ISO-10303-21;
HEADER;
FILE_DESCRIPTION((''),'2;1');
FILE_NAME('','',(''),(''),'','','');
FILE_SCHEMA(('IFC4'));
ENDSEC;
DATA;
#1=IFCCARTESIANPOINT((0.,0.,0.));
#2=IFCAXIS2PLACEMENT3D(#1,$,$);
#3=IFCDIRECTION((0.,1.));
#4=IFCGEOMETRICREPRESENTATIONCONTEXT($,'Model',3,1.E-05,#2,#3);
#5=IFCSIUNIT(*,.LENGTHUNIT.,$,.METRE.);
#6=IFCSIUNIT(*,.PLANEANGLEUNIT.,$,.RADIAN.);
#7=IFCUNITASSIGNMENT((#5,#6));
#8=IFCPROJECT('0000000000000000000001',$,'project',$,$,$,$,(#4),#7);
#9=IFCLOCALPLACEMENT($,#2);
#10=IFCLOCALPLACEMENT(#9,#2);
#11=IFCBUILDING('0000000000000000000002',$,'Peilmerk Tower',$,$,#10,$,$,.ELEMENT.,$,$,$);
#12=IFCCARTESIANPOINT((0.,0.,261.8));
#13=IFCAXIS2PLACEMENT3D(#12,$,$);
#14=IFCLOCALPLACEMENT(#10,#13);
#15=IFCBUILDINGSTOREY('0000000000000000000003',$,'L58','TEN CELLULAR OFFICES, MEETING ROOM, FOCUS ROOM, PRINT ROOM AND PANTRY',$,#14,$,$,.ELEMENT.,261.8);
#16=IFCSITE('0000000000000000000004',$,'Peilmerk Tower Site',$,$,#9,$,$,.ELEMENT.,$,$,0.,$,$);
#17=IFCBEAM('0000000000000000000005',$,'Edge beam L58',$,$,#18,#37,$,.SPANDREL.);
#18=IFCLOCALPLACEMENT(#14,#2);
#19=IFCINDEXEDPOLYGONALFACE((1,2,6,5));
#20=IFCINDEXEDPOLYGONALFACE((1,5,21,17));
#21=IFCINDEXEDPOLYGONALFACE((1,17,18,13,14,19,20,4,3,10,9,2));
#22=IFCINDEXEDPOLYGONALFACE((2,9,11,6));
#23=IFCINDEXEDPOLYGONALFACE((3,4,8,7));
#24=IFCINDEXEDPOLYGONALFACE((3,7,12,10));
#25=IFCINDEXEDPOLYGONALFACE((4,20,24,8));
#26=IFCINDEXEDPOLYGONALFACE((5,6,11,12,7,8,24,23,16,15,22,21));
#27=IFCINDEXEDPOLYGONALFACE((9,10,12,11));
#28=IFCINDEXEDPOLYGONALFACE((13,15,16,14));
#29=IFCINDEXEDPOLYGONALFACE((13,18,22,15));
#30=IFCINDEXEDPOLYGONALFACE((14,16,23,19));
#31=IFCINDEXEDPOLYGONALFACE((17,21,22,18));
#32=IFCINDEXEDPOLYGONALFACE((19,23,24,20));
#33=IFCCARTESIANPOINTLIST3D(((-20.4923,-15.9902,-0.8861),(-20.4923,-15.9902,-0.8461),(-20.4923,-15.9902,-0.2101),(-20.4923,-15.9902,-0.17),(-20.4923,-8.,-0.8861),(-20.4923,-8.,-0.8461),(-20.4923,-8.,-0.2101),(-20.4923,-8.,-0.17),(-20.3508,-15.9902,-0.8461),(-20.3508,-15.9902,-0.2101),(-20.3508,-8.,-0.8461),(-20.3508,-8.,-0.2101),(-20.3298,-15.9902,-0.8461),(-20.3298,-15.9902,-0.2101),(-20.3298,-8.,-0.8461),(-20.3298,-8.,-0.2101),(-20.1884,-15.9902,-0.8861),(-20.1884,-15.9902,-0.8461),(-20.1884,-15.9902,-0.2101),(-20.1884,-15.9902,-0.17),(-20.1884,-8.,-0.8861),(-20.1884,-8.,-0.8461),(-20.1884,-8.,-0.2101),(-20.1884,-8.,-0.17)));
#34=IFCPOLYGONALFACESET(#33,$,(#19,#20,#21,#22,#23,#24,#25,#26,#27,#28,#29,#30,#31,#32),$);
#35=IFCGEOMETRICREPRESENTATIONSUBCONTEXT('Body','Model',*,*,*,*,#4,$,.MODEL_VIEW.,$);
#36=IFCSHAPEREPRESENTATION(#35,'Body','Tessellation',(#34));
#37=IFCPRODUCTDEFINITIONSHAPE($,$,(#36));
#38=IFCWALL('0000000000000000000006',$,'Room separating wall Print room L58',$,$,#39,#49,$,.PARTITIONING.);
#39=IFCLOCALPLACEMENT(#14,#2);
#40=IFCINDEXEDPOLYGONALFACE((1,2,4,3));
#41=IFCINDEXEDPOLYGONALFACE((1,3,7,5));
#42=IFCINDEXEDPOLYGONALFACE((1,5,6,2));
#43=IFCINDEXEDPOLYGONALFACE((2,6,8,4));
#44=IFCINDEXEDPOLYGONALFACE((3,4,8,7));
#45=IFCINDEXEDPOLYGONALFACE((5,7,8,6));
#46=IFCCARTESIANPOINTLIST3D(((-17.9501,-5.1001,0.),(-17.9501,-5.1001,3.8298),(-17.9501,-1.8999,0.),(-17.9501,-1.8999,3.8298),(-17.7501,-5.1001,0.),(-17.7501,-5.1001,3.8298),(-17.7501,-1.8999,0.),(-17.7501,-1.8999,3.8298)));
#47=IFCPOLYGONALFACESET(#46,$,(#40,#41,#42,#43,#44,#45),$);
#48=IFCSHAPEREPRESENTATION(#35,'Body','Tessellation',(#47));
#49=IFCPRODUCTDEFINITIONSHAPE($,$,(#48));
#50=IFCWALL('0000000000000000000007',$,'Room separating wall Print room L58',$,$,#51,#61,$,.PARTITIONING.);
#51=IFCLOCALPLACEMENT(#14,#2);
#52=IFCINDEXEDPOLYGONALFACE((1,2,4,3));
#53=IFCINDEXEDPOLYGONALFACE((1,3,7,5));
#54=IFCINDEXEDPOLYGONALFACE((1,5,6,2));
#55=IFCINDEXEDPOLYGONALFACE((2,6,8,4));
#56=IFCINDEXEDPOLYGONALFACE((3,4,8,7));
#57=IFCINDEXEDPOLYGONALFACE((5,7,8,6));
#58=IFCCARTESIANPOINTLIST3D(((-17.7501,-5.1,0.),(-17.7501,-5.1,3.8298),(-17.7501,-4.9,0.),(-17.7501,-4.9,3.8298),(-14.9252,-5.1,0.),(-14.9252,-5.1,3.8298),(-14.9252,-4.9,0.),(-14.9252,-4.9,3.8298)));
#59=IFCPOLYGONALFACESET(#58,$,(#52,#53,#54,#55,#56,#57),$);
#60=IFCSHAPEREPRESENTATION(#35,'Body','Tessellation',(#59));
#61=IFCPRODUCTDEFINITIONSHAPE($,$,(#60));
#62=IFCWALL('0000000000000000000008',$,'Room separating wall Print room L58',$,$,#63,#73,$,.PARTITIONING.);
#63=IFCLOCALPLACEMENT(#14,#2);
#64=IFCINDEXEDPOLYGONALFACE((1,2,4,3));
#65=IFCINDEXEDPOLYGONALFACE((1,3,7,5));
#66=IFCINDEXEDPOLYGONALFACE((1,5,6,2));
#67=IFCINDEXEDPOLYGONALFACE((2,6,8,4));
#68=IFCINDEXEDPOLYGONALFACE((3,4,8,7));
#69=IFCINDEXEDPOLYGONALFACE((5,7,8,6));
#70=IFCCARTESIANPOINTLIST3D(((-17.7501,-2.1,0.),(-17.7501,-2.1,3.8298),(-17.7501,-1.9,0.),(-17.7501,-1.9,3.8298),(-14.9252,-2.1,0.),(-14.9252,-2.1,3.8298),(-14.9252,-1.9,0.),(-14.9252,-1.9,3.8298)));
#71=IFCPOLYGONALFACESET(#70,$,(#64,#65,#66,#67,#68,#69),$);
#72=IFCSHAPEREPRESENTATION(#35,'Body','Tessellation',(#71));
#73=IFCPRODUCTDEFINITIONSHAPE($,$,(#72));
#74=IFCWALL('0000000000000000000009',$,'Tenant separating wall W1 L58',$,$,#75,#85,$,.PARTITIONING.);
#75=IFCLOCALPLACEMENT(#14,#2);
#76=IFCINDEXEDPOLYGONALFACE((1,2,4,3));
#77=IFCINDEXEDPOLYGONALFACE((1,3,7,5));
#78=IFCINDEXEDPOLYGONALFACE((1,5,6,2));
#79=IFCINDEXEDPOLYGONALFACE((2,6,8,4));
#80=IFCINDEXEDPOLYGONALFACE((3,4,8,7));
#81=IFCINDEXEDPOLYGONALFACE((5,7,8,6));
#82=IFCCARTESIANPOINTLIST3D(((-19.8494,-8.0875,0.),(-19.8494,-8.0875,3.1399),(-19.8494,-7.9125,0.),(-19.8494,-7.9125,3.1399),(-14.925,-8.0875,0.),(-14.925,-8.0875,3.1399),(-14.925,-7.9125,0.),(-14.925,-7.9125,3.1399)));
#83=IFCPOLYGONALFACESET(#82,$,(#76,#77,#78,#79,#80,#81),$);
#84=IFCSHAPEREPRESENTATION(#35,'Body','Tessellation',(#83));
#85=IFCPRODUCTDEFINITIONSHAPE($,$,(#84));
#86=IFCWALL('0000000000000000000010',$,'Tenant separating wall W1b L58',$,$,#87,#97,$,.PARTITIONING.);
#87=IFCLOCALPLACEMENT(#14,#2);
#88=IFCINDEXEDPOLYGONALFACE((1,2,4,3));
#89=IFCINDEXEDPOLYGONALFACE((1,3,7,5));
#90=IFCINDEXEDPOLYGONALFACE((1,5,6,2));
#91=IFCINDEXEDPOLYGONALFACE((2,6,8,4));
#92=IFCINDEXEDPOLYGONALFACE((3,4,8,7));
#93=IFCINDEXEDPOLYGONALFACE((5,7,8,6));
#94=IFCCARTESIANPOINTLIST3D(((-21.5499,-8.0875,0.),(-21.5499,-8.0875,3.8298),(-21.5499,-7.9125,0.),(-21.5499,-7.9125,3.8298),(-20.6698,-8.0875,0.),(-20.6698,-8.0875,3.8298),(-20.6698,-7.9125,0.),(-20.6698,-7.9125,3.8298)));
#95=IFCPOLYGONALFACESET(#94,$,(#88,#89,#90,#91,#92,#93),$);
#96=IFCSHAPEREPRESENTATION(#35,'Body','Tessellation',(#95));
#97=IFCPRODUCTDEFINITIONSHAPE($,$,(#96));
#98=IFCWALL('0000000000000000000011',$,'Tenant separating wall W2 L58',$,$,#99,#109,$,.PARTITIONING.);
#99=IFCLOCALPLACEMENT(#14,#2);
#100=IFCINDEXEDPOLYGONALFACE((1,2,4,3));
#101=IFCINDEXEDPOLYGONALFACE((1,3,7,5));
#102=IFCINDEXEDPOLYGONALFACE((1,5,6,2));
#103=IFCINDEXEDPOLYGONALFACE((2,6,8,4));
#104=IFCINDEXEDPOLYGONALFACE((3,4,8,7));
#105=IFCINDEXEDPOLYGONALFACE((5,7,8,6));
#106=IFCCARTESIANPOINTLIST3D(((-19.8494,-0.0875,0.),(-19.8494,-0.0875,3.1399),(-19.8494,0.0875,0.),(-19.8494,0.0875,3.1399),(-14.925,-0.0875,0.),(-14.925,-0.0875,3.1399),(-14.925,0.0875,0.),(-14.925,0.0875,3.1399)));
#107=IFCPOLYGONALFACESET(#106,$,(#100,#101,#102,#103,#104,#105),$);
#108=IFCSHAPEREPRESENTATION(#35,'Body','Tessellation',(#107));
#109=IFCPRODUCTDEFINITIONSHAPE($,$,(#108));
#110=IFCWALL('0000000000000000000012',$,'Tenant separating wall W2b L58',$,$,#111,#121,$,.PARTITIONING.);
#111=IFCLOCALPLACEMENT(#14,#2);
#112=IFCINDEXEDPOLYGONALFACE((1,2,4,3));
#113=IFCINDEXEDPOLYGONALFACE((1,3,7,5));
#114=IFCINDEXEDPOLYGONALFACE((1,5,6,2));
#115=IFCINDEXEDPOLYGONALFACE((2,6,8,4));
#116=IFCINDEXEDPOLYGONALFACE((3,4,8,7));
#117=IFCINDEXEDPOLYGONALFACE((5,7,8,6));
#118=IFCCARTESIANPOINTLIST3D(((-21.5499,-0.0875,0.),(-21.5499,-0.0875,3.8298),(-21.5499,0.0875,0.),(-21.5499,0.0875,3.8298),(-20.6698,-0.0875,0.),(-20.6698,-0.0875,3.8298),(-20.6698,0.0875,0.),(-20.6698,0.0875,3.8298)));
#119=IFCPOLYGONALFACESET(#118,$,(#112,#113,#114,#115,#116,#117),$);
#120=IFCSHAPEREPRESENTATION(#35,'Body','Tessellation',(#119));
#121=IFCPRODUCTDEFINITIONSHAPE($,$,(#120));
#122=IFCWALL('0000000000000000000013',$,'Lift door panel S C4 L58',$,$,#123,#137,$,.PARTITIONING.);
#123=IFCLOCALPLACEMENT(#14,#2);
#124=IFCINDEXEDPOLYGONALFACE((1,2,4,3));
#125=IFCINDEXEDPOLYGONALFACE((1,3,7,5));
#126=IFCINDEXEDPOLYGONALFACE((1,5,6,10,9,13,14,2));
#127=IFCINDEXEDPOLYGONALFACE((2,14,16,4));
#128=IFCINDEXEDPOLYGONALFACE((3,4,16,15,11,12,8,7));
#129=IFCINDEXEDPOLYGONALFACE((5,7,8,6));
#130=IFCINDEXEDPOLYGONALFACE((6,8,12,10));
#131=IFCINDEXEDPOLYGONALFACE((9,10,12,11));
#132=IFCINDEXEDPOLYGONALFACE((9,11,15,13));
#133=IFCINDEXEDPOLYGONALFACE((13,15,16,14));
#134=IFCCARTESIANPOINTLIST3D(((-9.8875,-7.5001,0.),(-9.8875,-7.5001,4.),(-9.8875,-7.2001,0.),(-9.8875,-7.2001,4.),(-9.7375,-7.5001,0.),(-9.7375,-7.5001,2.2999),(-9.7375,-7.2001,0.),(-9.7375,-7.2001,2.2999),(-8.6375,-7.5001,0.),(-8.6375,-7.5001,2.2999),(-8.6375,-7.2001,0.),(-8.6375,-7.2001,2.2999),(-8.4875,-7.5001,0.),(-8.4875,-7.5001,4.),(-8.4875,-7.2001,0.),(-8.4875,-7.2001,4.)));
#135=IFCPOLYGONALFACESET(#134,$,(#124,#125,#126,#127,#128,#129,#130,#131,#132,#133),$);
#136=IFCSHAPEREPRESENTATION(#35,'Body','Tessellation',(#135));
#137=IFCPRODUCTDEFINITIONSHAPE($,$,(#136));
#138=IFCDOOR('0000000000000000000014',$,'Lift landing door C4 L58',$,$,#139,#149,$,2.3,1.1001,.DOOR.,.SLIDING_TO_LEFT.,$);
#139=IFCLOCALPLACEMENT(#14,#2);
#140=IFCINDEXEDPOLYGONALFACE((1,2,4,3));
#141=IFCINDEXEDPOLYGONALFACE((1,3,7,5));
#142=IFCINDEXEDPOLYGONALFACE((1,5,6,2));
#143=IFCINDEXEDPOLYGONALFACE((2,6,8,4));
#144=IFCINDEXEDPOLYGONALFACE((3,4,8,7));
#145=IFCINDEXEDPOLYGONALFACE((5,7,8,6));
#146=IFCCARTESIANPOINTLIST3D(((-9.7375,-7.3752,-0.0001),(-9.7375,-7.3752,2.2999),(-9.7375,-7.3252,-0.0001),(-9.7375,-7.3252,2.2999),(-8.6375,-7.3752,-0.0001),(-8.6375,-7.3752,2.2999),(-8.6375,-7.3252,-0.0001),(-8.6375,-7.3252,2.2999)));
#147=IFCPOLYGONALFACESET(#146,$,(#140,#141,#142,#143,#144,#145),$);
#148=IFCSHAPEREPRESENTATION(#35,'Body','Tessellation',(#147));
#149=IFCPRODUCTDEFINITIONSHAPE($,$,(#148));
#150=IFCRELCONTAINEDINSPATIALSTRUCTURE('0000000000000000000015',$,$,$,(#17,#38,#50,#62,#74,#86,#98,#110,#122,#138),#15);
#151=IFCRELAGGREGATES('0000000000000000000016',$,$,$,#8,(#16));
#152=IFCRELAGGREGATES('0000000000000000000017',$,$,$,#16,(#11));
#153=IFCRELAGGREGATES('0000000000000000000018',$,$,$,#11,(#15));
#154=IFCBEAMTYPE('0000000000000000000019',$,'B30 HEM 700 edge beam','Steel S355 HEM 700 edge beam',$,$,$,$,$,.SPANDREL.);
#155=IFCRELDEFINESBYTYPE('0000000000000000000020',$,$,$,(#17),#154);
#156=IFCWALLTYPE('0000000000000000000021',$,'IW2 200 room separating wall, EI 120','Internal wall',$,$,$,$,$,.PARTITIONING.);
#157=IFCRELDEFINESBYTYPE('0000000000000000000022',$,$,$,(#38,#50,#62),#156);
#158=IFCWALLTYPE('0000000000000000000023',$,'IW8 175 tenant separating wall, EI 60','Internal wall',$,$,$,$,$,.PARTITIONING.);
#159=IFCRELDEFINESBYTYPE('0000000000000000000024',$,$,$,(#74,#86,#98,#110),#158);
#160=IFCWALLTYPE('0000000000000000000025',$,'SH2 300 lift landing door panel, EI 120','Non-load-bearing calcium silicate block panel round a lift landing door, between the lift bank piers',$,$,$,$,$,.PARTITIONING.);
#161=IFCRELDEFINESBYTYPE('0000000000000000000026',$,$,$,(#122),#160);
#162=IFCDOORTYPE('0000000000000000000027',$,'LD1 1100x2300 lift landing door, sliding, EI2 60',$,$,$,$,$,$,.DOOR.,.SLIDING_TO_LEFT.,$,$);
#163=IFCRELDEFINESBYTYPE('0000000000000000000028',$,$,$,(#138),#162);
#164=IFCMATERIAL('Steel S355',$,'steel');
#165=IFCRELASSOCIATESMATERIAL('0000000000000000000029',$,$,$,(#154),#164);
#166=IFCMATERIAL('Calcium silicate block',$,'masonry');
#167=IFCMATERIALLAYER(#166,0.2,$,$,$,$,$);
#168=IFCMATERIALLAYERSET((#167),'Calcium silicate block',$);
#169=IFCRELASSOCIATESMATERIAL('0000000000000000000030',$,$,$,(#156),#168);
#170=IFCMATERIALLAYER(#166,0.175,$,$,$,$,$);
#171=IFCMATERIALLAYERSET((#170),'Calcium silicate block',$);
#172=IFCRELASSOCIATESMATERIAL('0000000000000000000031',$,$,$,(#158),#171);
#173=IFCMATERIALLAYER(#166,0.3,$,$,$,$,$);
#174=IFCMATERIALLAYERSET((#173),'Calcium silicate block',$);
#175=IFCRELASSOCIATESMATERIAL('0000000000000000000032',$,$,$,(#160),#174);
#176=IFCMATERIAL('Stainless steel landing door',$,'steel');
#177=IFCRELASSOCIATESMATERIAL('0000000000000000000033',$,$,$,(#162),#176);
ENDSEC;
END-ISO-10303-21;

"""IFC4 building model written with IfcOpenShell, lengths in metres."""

from ifc_helpers import new_model, si_unit, direction, frame, frame_2d, origin, origin_2d, place, context, subcontext, project, spatial, rectangle, i_section, extrude, material, layer, layer_set, material_profile, profile_set, type_object, element, fill, save


model = new_model("IFC4")

# Units and contexts
model_context = context("Model", 3, precision=1e-05, world=origin(), true_north=direction((0.0, 1.0)))
body_context = subcontext(model_context, "Body", "Model", "MODEL_VIEW")
ifc_project = project(units=[si_unit("LENGTHUNIT", "METRE"), si_unit("PLANEANGLEUNIT", "RADIAN")], contexts=[model_context])

# Site, building, storey
site_placement = place(None, origin())
site = spatial("IfcSite", under=ifc_project, at=site_placement, Name="Peilmerk Tower Site", CompositionType="ELEMENT", RefElevation=0.0)
building_placement = place(site_placement, origin())
building = spatial("IfcBuilding", under=site, at=building_placement, Name="Peilmerk Tower", CompositionType="ELEMENT")
storey_placement = place(building_placement, frame((0.0, 0.0, 261.8)))
storey = spatial("IfcBuildingStorey", under=building, at=storey_placement, Name="L58", Description="TEN CELLULAR OFFICES, MEETING ROOM, FOCUS ROOM, PRINT ROOM AND PANTRY", CompositionType="ELEMENT", Elevation=261.8)

# Beam
ifc_material_1 = material(Name="Steel S355", Category="steel")
ifc_material_profile_1 = material_profile(ifc_material_1, i_section(OverallWidth=0.304, OverallDepth=0.7161, WebThickness=0.021, FlangeThickness=0.04, at=origin_2d()), Name="HEM 700")
ifc_profile_set_1 = profile_set([ifc_material_profile_1], Name="Steel S355")
beam_type_1 = type_object("IfcBeamType", Name="B30 HEM 700 edge beam", Description="Steel S355 HEM 700 edge beam", PredefinedType="SPANDREL", material=ifc_profile_set_1)
beam_1_placement = place(storey_placement, frame((-20.3403, -8.0, -0.5281), z_axis=(0.0, -1.0, 0.0), x_axis=(1.0, 0.0, 0.0)))
element("IfcBeam", 1, at=beam_1_placement, inside=storey, type_object=beam_type_1, Name="Edge beam L58", PredefinedType="SPANDREL", context=body_context, shape_type="SweptSolid", body=[
    extrude(i_section(OverallWidth=0.304, OverallDepth=0.7161, WebThickness=0.021, FlangeThickness=0.04, at=origin_2d()), origin(), (0.0, 0.0, 1.0), 7.9902),
])

# Walls
ifc_material_2 = material(Name="Calcium silicate block", Category="masonry")
ifc_layer_1 = layer(ifc_material_2, 0.2)
ifc_layer_set_1 = layer_set([ifc_layer_1], Name="Calcium silicate block")
wall_type_1 = type_object("IfcWallType", Name="IW2 200 room separating wall, EI 120", Description="Internal wall", PredefinedType="PARTITIONING", material=ifc_layer_set_1)
wall_1_placement = place(storey_placement, frame((-17.8501, -5.1001, 0.0), z_axis=(0.0, 0.0, 1.0), x_axis=(0.0, 1.0, 0.0)))
element("IfcWall", 2, at=wall_1_placement, inside=storey, type_object=wall_type_1, Name="Room separating wall Print room L58", PredefinedType="PARTITIONING", context=body_context, shape_type="SweptSolid", body=[
    extrude(rectangle(XDim=3.2002, YDim=0.2, at=frame_2d((1.6001, 0.0))), origin(), (0.0, 0.0, 1.0), 3.8298),
])
for number, where, z_axis, x_axis, name in (
    (3, (-14.925, -5.0, 0.0), (0.0, 0.0, 1.0), (-1.0, 0.0, 0.0), "Room separating wall Print room L58"),
    (4, (-14.925, -2.0, 0.0), (0.0, 0.0, 1.0), (-1.0, 0.0, 0.0), "Room separating wall Print room L58"),
):
    element("IfcWall", number, at=place(storey_placement, frame(where, z_axis=z_axis, x_axis=x_axis)), inside=storey, type_object=wall_type_1, Name=name, PredefinedType="PARTITIONING", context=body_context, shape_type="SweptSolid", body=[
        extrude(rectangle(XDim=2.825, YDim=0.2, at=frame_2d((1.4126, 0.0))), origin(), (0.0, 0.0, 1.0), 3.8298),
    ])
ifc_layer_2 = layer(ifc_material_2, 0.175)
ifc_layer_set_2 = layer_set([ifc_layer_2], Name="Calcium silicate block")
wall_type_2 = type_object("IfcWallType", Name="IW8 175 tenant separating wall, EI 60", Description="Internal wall", PredefinedType="PARTITIONING", material=ifc_layer_set_2)
wall_2_placement = place(storey_placement, frame((-14.925, -8.0, 0.0), z_axis=(0.0, 0.0, 1.0), x_axis=(-1.0, 0.0, 0.0)))
element("IfcWall", 5, at=wall_2_placement, inside=storey, type_object=wall_type_2, Name="Tenant separating wall W1 L58", PredefinedType="PARTITIONING", context=body_context, shape_type="SweptSolid", body=[
    extrude(rectangle(XDim=4.9243, YDim=0.175, at=frame_2d((2.4622, 0.0))), origin(), (0.0, 0.0, 1.0), 3.1399),
])
wall_3_placement = place(storey_placement, frame((-20.6699, -8.0, 0.0), z_axis=(0.0, 0.0, 1.0), x_axis=(-1.0, 0.0, 0.0)))
element("IfcWall", 6, at=wall_3_placement, inside=storey, type_object=wall_type_2, Name="Tenant separating wall W1b L58", PredefinedType="PARTITIONING", context=body_context, shape_type="SweptSolid", body=[
    extrude(rectangle(XDim=0.8801, YDim=0.175, at=frame_2d((0.4399, 0.0))), origin(), (0.0, 0.0, 1.0), 3.8298),
])
wall_4_placement = place(storey_placement, frame((-14.925, 0.0, 0.0), z_axis=(0.0, 0.0, 1.0), x_axis=(-1.0, 0.0, 0.0)))
element("IfcWall", 7, at=wall_4_placement, inside=storey, type_object=wall_type_2, Name="Tenant separating wall W2 L58", PredefinedType="PARTITIONING", context=body_context, shape_type="SweptSolid", body=[
    extrude(rectangle(XDim=4.9243, YDim=0.175, at=frame_2d((2.4622, 0.0))), origin(), (0.0, 0.0, 1.0), 3.1399),
])
wall_5_placement = place(storey_placement, frame((-20.6699, 0.0, 0.0), z_axis=(0.0, 0.0, 1.0), x_axis=(-1.0, 0.0, 0.0)))
element("IfcWall", 8, at=wall_5_placement, inside=storey, type_object=wall_type_2, Name="Tenant separating wall W2b L58", PredefinedType="PARTITIONING", context=body_context, shape_type="SweptSolid", body=[
    extrude(rectangle(XDim=0.8801, YDim=0.175, at=frame_2d((0.4399, 0.0))), origin(), (0.0, 0.0, 1.0), 3.8298),
])

# Wall, opening, door
ifc_layer_3 = layer(ifc_material_2, 0.3)
ifc_layer_set_3 = layer_set([ifc_layer_3], Name="Calcium silicate block")
wall_type_3 = type_object("IfcWallType", Name="SH2 300 lift landing door panel, EI 120", Description="Non-load-bearing calcium silicate block panel round a lift landing door, between the lift bank piers", PredefinedType="PARTITIONING", material=ifc_layer_set_3)
wall_6_placement = place(storey_placement, frame((-9.8875, -7.3501, 0.0), z_axis=(0.0, 0.0, 1.0), x_axis=(1.0, 0.0, 0.0)))
wall_6 = element("IfcWall", 9, at=wall_6_placement, inside=storey, type_object=wall_type_3, Name="Lift door panel S C4 L58", PredefinedType="PARTITIONING", context=body_context, shape_type="SweptSolid", body=[
    extrude(rectangle(XDim=1.3999, YDim=0.3, at=frame_2d((0.7, 0.0))), origin(), (0.0, 0.0, 1.0), 4.0),
])
opening_1_placement = place(wall_6_placement, frame((0.1499, 0.0, 0.0)))
opening_1 = element("IfcOpeningElement", 10, at=opening_1_placement, cuts=wall_6, PredefinedType="OPENING", context=body_context, shape_type="SweptSolid", body=[
    extrude(rectangle(XDim=1.1001, YDim=2.3, at=frame_2d((0.55, 1.1499))), frame((0.0, 0.1599, 0.0), z_axis=(0.0, -1.0, 0.0), x_axis=(1.0, 0.0, 0.0)), (0.0, 0.0, 1.0), 0.3201),
])
ifc_material_3 = material(Name="Stainless steel landing door", Category="steel")
door_type_1 = type_object("IfcDoorType", Name="LD1 1100x2300 lift landing door, sliding, EI2 60", OperationType="SLIDING_TO_LEFT", PredefinedType="DOOR", material=ifc_material_3)
door_1_placement = place(opening_1_placement, origin())
door_1 = element("IfcDoor", 11, at=door_1_placement, inside=storey, type_object=door_type_1, Name="Lift landing door C4 L58", OperationType="SLIDING_TO_LEFT", OverallHeight=2.3, OverallWidth=1.1001, PredefinedType="DOOR", context=body_context, shape_type="SweptSolid", body=[
    extrude(rectangle(XDim=1.1001, YDim=2.3, at=frame_2d((0.55, 1.1499))), frame((0.0, 0.0249, 0.0), z_axis=(0.0, -1.0, 0.0), x_axis=(1.0, 0.0, 0.0)), (0.0, 0.0, 1.0), 0.05),
])
fill(opening_1, door_1)

save(model, "model.ifc")
